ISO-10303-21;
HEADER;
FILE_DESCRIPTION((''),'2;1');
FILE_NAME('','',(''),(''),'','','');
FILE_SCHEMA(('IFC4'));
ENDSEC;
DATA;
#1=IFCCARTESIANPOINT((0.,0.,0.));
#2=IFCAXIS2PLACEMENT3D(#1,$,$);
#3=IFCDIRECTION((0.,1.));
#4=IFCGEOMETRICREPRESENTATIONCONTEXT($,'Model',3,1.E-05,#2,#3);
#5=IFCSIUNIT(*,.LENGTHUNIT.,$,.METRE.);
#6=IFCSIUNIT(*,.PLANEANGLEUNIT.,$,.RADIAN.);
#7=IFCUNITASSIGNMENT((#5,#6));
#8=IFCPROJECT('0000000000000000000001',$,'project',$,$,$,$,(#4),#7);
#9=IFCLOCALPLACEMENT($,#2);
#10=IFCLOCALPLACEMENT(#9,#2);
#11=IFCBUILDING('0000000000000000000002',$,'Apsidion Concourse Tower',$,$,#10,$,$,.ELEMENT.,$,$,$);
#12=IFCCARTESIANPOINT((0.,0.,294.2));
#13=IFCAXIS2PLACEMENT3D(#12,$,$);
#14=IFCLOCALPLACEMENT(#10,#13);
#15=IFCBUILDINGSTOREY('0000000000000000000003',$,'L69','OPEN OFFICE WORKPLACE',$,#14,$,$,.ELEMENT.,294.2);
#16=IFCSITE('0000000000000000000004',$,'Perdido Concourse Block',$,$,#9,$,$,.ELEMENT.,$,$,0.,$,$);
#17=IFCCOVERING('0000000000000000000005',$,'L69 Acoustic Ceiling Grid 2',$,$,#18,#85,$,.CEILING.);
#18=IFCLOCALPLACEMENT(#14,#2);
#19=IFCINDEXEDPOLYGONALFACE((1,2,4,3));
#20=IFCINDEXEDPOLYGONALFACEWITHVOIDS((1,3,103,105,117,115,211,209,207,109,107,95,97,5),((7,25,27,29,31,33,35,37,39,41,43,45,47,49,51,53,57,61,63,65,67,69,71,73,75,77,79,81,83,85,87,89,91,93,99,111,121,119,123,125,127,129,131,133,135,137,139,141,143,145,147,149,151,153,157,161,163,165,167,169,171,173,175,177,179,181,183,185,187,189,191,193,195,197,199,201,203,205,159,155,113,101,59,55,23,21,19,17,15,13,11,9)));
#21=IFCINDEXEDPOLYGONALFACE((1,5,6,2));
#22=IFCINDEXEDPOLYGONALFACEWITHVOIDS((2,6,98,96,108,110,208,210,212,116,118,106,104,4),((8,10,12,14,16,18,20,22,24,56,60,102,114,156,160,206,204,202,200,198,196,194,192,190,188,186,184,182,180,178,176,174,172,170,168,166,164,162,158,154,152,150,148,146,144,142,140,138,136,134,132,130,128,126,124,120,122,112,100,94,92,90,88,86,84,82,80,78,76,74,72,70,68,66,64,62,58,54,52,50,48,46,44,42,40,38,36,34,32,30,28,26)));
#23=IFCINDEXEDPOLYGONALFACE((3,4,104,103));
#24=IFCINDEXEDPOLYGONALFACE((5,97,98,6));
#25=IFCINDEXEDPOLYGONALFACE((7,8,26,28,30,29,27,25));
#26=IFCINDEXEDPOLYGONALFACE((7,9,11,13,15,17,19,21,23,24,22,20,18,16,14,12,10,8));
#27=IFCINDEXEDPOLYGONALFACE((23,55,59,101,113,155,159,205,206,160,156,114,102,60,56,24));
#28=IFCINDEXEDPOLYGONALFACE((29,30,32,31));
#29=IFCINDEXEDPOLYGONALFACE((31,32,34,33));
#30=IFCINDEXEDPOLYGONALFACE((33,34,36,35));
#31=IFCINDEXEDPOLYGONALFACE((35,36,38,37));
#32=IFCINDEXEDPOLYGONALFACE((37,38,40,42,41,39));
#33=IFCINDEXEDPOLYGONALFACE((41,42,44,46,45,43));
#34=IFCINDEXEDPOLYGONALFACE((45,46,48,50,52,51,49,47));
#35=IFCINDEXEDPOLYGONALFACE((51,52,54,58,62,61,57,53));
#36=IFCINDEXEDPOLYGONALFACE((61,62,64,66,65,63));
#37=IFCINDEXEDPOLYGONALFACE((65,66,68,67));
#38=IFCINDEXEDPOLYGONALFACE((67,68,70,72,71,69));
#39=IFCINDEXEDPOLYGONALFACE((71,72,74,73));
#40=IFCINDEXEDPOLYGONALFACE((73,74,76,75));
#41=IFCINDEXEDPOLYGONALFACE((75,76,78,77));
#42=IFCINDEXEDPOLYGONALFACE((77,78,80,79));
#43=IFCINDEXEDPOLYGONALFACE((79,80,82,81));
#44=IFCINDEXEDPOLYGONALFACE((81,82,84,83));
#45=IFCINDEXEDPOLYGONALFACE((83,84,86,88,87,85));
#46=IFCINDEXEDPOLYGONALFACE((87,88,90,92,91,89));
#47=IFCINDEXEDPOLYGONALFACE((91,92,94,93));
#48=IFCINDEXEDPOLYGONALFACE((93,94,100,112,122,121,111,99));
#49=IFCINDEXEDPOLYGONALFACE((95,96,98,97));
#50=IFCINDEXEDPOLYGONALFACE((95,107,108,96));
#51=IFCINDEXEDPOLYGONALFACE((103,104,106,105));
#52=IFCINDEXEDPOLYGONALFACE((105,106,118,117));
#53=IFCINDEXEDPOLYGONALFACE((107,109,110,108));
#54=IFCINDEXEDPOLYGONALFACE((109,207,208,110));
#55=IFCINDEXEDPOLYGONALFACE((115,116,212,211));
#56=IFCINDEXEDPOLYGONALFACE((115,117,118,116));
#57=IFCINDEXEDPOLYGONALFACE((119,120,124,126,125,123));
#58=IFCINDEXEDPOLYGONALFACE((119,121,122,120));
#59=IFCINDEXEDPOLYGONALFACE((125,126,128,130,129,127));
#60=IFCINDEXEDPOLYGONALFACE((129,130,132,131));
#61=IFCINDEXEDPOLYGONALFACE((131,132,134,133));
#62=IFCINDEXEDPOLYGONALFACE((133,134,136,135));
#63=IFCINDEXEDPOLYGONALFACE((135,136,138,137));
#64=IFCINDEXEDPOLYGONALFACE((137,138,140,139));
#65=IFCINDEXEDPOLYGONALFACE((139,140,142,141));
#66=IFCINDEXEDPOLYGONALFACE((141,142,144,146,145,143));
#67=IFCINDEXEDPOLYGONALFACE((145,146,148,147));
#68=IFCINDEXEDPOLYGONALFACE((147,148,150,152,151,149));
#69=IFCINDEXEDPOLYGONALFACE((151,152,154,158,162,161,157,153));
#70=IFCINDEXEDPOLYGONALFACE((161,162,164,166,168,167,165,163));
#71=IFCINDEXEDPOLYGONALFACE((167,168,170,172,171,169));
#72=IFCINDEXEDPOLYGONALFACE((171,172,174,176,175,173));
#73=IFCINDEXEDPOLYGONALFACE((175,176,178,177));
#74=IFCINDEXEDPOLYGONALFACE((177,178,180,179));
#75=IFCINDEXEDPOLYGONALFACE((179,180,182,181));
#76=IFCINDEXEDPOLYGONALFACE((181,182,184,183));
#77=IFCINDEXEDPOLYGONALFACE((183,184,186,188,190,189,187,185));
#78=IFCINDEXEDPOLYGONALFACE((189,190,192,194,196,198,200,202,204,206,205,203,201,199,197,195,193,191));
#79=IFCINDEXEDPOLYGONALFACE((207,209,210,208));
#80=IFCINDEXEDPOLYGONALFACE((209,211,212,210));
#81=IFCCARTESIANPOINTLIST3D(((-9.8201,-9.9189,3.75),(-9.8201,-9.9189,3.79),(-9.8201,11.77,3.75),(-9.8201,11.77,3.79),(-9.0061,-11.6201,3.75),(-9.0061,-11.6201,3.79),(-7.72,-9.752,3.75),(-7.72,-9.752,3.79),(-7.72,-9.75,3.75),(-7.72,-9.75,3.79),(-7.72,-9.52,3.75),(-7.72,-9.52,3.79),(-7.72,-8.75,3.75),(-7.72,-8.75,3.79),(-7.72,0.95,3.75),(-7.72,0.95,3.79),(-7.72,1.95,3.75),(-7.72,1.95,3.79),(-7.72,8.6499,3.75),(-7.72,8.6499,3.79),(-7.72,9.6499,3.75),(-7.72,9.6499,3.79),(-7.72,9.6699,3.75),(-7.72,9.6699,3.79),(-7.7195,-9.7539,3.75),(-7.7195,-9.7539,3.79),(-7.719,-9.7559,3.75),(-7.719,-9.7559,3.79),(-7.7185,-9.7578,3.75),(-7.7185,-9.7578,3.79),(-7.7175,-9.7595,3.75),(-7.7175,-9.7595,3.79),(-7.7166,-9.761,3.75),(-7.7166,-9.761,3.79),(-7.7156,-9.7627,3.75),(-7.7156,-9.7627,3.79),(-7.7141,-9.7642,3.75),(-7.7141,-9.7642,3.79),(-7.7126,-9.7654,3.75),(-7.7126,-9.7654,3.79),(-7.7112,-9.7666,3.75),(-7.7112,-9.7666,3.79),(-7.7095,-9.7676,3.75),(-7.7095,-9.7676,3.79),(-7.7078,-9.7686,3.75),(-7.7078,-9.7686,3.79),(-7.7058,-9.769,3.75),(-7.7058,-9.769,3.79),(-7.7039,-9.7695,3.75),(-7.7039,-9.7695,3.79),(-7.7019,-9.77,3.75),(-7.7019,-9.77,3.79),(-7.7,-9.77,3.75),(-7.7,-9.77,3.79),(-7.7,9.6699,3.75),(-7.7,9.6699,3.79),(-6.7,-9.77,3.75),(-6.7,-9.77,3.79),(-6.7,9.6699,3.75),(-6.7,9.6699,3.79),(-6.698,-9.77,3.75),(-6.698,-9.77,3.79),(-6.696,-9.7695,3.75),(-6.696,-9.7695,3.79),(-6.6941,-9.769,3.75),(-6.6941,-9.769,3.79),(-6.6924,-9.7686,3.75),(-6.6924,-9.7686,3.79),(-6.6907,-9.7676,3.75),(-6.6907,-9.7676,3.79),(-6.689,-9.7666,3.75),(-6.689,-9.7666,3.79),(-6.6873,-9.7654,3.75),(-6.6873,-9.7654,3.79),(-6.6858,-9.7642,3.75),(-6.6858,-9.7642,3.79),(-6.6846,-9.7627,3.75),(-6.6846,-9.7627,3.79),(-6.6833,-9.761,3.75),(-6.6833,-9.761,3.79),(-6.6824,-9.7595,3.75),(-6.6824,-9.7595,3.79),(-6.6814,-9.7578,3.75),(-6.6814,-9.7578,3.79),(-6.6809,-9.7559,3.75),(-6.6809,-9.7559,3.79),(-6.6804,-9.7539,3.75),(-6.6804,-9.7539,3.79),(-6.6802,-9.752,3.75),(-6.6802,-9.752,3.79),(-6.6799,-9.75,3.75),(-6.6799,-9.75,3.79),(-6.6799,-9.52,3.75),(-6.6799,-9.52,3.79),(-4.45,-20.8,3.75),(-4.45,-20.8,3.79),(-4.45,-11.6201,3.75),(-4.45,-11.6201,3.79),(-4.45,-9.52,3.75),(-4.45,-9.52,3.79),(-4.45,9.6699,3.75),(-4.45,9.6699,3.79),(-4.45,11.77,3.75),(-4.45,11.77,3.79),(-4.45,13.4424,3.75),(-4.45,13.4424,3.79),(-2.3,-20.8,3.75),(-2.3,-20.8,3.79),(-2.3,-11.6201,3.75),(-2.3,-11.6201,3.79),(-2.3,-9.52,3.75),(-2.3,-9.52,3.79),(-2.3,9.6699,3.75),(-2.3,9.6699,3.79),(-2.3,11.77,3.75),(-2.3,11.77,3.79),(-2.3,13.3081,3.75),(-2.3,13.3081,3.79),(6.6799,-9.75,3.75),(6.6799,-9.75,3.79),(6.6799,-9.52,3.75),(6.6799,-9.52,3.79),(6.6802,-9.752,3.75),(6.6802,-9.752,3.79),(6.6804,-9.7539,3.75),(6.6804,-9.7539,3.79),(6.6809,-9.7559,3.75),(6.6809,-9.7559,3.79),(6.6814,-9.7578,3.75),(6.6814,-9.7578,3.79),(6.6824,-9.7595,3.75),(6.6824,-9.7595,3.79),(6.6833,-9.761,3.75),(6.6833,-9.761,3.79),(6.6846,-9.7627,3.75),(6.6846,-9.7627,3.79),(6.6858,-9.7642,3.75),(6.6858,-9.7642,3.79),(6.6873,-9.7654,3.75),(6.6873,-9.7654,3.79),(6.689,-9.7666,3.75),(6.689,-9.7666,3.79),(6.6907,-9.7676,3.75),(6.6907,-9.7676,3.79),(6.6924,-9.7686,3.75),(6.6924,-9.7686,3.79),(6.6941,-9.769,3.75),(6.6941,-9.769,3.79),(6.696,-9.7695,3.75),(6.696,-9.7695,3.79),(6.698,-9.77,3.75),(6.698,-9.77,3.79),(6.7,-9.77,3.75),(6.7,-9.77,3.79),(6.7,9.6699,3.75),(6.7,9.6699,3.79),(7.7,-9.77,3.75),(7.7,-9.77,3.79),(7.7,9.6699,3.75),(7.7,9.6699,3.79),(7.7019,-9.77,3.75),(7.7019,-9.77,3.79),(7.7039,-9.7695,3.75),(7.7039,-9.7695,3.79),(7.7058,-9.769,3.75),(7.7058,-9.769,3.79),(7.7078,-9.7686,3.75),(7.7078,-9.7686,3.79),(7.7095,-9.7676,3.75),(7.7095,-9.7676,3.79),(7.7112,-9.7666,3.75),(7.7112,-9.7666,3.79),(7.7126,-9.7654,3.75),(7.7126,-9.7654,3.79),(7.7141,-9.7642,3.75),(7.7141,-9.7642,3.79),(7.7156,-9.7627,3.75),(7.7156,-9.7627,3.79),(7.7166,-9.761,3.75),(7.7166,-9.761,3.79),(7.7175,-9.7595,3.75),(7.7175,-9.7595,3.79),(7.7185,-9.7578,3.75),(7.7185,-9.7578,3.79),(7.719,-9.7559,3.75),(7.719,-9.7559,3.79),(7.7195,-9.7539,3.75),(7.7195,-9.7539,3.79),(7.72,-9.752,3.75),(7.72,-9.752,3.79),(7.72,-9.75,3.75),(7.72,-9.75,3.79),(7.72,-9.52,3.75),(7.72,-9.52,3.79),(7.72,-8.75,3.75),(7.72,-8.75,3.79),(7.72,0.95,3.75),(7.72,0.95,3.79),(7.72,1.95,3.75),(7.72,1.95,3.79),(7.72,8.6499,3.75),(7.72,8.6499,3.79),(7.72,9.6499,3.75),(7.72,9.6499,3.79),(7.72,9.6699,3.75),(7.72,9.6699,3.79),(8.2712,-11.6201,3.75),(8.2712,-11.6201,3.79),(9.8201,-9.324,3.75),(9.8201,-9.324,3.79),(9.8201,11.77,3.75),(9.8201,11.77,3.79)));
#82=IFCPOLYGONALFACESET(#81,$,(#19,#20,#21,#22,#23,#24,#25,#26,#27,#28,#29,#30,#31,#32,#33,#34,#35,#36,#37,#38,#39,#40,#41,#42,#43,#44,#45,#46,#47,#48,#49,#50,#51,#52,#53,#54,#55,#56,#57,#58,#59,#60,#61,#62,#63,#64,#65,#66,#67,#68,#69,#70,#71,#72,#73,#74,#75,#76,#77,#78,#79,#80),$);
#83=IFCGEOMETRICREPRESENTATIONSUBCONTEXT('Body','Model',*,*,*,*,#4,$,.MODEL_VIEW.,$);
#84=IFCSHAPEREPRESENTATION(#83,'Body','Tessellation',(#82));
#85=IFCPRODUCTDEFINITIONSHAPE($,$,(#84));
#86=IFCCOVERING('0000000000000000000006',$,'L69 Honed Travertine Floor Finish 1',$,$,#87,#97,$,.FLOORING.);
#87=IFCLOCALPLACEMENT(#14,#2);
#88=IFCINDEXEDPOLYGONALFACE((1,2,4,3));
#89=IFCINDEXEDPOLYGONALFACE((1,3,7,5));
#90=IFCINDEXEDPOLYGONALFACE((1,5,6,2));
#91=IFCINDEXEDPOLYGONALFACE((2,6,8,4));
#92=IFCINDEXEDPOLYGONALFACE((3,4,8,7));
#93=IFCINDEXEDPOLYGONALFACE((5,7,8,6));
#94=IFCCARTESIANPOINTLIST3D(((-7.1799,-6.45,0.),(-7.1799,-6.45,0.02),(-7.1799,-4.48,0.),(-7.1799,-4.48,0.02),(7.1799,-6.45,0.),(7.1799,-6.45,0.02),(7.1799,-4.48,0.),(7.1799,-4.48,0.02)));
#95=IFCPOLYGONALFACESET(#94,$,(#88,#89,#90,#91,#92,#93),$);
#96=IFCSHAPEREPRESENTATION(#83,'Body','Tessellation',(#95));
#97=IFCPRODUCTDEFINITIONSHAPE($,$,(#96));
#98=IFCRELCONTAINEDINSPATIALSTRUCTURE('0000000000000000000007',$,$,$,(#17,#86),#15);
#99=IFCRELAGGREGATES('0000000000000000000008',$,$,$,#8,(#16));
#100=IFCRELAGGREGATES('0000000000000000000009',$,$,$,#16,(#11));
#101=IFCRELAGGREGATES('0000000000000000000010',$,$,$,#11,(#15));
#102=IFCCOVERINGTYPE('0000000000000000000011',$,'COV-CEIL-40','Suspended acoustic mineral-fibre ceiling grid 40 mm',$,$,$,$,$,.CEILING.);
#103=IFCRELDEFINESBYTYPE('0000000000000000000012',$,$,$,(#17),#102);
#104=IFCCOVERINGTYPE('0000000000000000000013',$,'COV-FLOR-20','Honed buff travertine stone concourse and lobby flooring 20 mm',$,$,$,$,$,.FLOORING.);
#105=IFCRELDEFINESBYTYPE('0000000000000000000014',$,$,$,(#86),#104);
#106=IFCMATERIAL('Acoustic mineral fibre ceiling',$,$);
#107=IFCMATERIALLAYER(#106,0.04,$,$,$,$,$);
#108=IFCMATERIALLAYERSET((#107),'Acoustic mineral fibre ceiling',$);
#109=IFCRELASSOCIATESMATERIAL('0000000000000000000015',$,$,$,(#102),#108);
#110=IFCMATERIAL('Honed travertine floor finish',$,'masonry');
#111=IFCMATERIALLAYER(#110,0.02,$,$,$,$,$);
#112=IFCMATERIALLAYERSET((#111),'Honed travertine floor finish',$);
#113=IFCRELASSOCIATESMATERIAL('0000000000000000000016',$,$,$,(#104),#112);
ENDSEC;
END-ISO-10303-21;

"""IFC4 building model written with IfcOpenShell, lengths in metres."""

from ifc_helpers import new_model, si_unit, direction, frame, origin, place, context, subcontext, project, spatial, polyline, outline, extrude, material, layer, layer_set, type_object, element, save


model = new_model("IFC4")

# Units and contexts
model_context = context("Model", 3, precision=1e-05, world=origin(), true_north=direction((0.0, 1.0)))
body_context = subcontext(model_context, "Body", "Model", "MODEL_VIEW")
ifc_project = project(units=[si_unit("LENGTHUNIT", "METRE"), si_unit("PLANEANGLEUNIT", "RADIAN")], contexts=[model_context])

# Site, building, storey
site_placement = place(None, origin())
site = spatial("IfcSite", under=ifc_project, at=site_placement, Name="Perdido Concourse Block", CompositionType="ELEMENT", RefElevation=0.0)
building_placement = place(site_placement, origin())
building = spatial("IfcBuilding", under=site, at=building_placement, Name="Apsidion Concourse Tower", CompositionType="ELEMENT")
storey_placement = place(building_placement, frame((0.0, 0.0, 294.2)))
storey = spatial("IfcBuildingStorey", under=building, at=storey_placement, Name="L69", Description="OPEN OFFICE WORKPLACE", CompositionType="ELEMENT", Elevation=294.2)

# Coverings
ifc_material_1 = material(Name="Acoustic mineral fibre ceiling")
ifc_layer_1 = layer(ifc_material_1, 0.04)
ifc_layer_set_1 = layer_set([ifc_layer_1], Name="Acoustic mineral fibre ceiling")
covering_type_1 = type_object("IfcCoveringType", Name="COV-CEIL-40", Description="Suspended acoustic mineral-fibre ceiling grid 40 mm", PredefinedType="CEILING", material=ifc_layer_set_1)
covering_1_placement = place(storey_placement, frame((0.0, 0.0, 3.75)))
element("IfcCovering", 1, at=covering_1_placement, inside=storey, type_object=covering_type_1, Name="L69 Acoustic Ceiling Grid 2", PredefinedType="CEILING", context=body_context, shape_type="SweptSolid", body=[
    extrude(outline(polyline([(-9.0061, -11.6201), (-9.8201, -9.9189), (-9.8201, 11.77), (-4.45, 11.77), (-4.45, 13.4424), (-2.3, 13.3081), (-2.3, 11.77), (9.8201, 11.77), (9.8201, -9.324), (8.2712, -11.6201), (-2.3, -11.6201), (-2.3, -20.8), (-4.45, -20.8), (-4.45, -11.6201), (-9.0061, -11.6201)]), holes=[polyline([(7.7, 9.6699), (6.7, 9.6699), (-2.3, 9.6699), (-4.45, 9.6699), (-6.7, 9.6699), (-7.7, 9.6699), (-7.72, 9.6699), (-7.72, 9.6499), (-7.72, 8.6499), (-7.72, 1.95), (-7.72, 0.95), (-7.72, -8.75), (-7.72, -9.52), (-7.72, -9.75), (-7.72, -9.752), (-7.7195, -9.7539), (-7.719, -9.7559), (-7.7185, -9.7578), (-7.7175, -9.7595), (-7.7166, -9.761), (-7.7156, -9.7627), (-7.7141, -9.7642), (-7.7126, -9.7654), (-7.7112, -9.7666), (-7.7095, -9.7676), (-7.7078, -9.7686), (-7.7058, -9.769), (-7.7039, -9.7695), (-7.7019, -9.77), (-7.7, -9.77), (-6.7, -9.77), (-6.698, -9.77), (-6.696, -9.7695), (-6.6941, -9.769), (-6.6924, -9.7686), (-6.6907, -9.7676), (-6.689, -9.7666), (-6.6873, -9.7654), (-6.6858, -9.7642), (-6.6846, -9.7627), (-6.6833, -9.761), (-6.6824, -9.7595), (-6.6814, -9.7578), (-6.6809, -9.7559), (-6.6804, -9.7539), (-6.6802, -9.752), (-6.6799, -9.75), (-6.6799, -9.52), (-4.45, -9.52), (-2.3, -9.52), (6.6799, -9.52), (6.6799, -9.75), (6.6802, -9.752), (6.6804, -9.7539), (6.6809, -9.7559), (6.6814, -9.7578), (6.6824, -9.7595), (6.6833, -9.761), (6.6846, -9.7627), (6.6858, -9.7642), (6.6873, -9.7654), (6.689, -9.7666), (6.6907, -9.7676), (6.6924, -9.7686), (6.6941, -9.769), (6.696, -9.7695), (6.698, -9.77), (6.7, -9.77), (7.7, -9.77), (7.7019, -9.77), (7.7039, -9.7695), (7.7058, -9.769), (7.7078, -9.7686), (7.7095, -9.7676), (7.7112, -9.7666), (7.7126, -9.7654), (7.7141, -9.7642), (7.7156, -9.7627), (7.7166, -9.761), (7.7175, -9.7595), (7.7185, -9.7578), (7.719, -9.7559), (7.7195, -9.7539), (7.72, -9.752), (7.72, -9.75), (7.72, -9.52), (7.72, -8.75), (7.72, 0.95), (7.72, 1.95), (7.72, 8.6499), (7.72, 9.6499), (7.72, 9.6699), (7.7, 9.6699)])]), origin(), (0.0, 0.0, 1.0), 0.04),
])
ifc_material_2 = material(Name="Honed travertine floor finish", Category="masonry")
ifc_layer_2 = layer(ifc_material_2, 0.02)
ifc_layer_set_2 = layer_set([ifc_layer_2], Name="Honed travertine floor finish")
covering_type_2 = type_object("IfcCoveringType", Name="COV-FLOR-20", Description="Honed buff travertine stone concourse and lobby flooring 20 mm", PredefinedType="FLOORING", material=ifc_layer_set_2)
covering_2_placement = place(storey_placement, origin())
element("IfcCovering", 2, at=covering_2_placement, inside=storey, type_object=covering_type_2, Name="L69 Honed Travertine Floor Finish 1", PredefinedType="FLOORING", context=body_context, shape_type="SweptSolid", body=[
    extrude(outline(polyline([(-7.1799, -6.45), (-7.1799, -4.48), (7.1799, -4.48), (7.1799, -6.45), (-7.1799, -6.45)])), origin(), (0.0, 0.0, 1.0), 0.02),
])

save(model, "model.ifc")
